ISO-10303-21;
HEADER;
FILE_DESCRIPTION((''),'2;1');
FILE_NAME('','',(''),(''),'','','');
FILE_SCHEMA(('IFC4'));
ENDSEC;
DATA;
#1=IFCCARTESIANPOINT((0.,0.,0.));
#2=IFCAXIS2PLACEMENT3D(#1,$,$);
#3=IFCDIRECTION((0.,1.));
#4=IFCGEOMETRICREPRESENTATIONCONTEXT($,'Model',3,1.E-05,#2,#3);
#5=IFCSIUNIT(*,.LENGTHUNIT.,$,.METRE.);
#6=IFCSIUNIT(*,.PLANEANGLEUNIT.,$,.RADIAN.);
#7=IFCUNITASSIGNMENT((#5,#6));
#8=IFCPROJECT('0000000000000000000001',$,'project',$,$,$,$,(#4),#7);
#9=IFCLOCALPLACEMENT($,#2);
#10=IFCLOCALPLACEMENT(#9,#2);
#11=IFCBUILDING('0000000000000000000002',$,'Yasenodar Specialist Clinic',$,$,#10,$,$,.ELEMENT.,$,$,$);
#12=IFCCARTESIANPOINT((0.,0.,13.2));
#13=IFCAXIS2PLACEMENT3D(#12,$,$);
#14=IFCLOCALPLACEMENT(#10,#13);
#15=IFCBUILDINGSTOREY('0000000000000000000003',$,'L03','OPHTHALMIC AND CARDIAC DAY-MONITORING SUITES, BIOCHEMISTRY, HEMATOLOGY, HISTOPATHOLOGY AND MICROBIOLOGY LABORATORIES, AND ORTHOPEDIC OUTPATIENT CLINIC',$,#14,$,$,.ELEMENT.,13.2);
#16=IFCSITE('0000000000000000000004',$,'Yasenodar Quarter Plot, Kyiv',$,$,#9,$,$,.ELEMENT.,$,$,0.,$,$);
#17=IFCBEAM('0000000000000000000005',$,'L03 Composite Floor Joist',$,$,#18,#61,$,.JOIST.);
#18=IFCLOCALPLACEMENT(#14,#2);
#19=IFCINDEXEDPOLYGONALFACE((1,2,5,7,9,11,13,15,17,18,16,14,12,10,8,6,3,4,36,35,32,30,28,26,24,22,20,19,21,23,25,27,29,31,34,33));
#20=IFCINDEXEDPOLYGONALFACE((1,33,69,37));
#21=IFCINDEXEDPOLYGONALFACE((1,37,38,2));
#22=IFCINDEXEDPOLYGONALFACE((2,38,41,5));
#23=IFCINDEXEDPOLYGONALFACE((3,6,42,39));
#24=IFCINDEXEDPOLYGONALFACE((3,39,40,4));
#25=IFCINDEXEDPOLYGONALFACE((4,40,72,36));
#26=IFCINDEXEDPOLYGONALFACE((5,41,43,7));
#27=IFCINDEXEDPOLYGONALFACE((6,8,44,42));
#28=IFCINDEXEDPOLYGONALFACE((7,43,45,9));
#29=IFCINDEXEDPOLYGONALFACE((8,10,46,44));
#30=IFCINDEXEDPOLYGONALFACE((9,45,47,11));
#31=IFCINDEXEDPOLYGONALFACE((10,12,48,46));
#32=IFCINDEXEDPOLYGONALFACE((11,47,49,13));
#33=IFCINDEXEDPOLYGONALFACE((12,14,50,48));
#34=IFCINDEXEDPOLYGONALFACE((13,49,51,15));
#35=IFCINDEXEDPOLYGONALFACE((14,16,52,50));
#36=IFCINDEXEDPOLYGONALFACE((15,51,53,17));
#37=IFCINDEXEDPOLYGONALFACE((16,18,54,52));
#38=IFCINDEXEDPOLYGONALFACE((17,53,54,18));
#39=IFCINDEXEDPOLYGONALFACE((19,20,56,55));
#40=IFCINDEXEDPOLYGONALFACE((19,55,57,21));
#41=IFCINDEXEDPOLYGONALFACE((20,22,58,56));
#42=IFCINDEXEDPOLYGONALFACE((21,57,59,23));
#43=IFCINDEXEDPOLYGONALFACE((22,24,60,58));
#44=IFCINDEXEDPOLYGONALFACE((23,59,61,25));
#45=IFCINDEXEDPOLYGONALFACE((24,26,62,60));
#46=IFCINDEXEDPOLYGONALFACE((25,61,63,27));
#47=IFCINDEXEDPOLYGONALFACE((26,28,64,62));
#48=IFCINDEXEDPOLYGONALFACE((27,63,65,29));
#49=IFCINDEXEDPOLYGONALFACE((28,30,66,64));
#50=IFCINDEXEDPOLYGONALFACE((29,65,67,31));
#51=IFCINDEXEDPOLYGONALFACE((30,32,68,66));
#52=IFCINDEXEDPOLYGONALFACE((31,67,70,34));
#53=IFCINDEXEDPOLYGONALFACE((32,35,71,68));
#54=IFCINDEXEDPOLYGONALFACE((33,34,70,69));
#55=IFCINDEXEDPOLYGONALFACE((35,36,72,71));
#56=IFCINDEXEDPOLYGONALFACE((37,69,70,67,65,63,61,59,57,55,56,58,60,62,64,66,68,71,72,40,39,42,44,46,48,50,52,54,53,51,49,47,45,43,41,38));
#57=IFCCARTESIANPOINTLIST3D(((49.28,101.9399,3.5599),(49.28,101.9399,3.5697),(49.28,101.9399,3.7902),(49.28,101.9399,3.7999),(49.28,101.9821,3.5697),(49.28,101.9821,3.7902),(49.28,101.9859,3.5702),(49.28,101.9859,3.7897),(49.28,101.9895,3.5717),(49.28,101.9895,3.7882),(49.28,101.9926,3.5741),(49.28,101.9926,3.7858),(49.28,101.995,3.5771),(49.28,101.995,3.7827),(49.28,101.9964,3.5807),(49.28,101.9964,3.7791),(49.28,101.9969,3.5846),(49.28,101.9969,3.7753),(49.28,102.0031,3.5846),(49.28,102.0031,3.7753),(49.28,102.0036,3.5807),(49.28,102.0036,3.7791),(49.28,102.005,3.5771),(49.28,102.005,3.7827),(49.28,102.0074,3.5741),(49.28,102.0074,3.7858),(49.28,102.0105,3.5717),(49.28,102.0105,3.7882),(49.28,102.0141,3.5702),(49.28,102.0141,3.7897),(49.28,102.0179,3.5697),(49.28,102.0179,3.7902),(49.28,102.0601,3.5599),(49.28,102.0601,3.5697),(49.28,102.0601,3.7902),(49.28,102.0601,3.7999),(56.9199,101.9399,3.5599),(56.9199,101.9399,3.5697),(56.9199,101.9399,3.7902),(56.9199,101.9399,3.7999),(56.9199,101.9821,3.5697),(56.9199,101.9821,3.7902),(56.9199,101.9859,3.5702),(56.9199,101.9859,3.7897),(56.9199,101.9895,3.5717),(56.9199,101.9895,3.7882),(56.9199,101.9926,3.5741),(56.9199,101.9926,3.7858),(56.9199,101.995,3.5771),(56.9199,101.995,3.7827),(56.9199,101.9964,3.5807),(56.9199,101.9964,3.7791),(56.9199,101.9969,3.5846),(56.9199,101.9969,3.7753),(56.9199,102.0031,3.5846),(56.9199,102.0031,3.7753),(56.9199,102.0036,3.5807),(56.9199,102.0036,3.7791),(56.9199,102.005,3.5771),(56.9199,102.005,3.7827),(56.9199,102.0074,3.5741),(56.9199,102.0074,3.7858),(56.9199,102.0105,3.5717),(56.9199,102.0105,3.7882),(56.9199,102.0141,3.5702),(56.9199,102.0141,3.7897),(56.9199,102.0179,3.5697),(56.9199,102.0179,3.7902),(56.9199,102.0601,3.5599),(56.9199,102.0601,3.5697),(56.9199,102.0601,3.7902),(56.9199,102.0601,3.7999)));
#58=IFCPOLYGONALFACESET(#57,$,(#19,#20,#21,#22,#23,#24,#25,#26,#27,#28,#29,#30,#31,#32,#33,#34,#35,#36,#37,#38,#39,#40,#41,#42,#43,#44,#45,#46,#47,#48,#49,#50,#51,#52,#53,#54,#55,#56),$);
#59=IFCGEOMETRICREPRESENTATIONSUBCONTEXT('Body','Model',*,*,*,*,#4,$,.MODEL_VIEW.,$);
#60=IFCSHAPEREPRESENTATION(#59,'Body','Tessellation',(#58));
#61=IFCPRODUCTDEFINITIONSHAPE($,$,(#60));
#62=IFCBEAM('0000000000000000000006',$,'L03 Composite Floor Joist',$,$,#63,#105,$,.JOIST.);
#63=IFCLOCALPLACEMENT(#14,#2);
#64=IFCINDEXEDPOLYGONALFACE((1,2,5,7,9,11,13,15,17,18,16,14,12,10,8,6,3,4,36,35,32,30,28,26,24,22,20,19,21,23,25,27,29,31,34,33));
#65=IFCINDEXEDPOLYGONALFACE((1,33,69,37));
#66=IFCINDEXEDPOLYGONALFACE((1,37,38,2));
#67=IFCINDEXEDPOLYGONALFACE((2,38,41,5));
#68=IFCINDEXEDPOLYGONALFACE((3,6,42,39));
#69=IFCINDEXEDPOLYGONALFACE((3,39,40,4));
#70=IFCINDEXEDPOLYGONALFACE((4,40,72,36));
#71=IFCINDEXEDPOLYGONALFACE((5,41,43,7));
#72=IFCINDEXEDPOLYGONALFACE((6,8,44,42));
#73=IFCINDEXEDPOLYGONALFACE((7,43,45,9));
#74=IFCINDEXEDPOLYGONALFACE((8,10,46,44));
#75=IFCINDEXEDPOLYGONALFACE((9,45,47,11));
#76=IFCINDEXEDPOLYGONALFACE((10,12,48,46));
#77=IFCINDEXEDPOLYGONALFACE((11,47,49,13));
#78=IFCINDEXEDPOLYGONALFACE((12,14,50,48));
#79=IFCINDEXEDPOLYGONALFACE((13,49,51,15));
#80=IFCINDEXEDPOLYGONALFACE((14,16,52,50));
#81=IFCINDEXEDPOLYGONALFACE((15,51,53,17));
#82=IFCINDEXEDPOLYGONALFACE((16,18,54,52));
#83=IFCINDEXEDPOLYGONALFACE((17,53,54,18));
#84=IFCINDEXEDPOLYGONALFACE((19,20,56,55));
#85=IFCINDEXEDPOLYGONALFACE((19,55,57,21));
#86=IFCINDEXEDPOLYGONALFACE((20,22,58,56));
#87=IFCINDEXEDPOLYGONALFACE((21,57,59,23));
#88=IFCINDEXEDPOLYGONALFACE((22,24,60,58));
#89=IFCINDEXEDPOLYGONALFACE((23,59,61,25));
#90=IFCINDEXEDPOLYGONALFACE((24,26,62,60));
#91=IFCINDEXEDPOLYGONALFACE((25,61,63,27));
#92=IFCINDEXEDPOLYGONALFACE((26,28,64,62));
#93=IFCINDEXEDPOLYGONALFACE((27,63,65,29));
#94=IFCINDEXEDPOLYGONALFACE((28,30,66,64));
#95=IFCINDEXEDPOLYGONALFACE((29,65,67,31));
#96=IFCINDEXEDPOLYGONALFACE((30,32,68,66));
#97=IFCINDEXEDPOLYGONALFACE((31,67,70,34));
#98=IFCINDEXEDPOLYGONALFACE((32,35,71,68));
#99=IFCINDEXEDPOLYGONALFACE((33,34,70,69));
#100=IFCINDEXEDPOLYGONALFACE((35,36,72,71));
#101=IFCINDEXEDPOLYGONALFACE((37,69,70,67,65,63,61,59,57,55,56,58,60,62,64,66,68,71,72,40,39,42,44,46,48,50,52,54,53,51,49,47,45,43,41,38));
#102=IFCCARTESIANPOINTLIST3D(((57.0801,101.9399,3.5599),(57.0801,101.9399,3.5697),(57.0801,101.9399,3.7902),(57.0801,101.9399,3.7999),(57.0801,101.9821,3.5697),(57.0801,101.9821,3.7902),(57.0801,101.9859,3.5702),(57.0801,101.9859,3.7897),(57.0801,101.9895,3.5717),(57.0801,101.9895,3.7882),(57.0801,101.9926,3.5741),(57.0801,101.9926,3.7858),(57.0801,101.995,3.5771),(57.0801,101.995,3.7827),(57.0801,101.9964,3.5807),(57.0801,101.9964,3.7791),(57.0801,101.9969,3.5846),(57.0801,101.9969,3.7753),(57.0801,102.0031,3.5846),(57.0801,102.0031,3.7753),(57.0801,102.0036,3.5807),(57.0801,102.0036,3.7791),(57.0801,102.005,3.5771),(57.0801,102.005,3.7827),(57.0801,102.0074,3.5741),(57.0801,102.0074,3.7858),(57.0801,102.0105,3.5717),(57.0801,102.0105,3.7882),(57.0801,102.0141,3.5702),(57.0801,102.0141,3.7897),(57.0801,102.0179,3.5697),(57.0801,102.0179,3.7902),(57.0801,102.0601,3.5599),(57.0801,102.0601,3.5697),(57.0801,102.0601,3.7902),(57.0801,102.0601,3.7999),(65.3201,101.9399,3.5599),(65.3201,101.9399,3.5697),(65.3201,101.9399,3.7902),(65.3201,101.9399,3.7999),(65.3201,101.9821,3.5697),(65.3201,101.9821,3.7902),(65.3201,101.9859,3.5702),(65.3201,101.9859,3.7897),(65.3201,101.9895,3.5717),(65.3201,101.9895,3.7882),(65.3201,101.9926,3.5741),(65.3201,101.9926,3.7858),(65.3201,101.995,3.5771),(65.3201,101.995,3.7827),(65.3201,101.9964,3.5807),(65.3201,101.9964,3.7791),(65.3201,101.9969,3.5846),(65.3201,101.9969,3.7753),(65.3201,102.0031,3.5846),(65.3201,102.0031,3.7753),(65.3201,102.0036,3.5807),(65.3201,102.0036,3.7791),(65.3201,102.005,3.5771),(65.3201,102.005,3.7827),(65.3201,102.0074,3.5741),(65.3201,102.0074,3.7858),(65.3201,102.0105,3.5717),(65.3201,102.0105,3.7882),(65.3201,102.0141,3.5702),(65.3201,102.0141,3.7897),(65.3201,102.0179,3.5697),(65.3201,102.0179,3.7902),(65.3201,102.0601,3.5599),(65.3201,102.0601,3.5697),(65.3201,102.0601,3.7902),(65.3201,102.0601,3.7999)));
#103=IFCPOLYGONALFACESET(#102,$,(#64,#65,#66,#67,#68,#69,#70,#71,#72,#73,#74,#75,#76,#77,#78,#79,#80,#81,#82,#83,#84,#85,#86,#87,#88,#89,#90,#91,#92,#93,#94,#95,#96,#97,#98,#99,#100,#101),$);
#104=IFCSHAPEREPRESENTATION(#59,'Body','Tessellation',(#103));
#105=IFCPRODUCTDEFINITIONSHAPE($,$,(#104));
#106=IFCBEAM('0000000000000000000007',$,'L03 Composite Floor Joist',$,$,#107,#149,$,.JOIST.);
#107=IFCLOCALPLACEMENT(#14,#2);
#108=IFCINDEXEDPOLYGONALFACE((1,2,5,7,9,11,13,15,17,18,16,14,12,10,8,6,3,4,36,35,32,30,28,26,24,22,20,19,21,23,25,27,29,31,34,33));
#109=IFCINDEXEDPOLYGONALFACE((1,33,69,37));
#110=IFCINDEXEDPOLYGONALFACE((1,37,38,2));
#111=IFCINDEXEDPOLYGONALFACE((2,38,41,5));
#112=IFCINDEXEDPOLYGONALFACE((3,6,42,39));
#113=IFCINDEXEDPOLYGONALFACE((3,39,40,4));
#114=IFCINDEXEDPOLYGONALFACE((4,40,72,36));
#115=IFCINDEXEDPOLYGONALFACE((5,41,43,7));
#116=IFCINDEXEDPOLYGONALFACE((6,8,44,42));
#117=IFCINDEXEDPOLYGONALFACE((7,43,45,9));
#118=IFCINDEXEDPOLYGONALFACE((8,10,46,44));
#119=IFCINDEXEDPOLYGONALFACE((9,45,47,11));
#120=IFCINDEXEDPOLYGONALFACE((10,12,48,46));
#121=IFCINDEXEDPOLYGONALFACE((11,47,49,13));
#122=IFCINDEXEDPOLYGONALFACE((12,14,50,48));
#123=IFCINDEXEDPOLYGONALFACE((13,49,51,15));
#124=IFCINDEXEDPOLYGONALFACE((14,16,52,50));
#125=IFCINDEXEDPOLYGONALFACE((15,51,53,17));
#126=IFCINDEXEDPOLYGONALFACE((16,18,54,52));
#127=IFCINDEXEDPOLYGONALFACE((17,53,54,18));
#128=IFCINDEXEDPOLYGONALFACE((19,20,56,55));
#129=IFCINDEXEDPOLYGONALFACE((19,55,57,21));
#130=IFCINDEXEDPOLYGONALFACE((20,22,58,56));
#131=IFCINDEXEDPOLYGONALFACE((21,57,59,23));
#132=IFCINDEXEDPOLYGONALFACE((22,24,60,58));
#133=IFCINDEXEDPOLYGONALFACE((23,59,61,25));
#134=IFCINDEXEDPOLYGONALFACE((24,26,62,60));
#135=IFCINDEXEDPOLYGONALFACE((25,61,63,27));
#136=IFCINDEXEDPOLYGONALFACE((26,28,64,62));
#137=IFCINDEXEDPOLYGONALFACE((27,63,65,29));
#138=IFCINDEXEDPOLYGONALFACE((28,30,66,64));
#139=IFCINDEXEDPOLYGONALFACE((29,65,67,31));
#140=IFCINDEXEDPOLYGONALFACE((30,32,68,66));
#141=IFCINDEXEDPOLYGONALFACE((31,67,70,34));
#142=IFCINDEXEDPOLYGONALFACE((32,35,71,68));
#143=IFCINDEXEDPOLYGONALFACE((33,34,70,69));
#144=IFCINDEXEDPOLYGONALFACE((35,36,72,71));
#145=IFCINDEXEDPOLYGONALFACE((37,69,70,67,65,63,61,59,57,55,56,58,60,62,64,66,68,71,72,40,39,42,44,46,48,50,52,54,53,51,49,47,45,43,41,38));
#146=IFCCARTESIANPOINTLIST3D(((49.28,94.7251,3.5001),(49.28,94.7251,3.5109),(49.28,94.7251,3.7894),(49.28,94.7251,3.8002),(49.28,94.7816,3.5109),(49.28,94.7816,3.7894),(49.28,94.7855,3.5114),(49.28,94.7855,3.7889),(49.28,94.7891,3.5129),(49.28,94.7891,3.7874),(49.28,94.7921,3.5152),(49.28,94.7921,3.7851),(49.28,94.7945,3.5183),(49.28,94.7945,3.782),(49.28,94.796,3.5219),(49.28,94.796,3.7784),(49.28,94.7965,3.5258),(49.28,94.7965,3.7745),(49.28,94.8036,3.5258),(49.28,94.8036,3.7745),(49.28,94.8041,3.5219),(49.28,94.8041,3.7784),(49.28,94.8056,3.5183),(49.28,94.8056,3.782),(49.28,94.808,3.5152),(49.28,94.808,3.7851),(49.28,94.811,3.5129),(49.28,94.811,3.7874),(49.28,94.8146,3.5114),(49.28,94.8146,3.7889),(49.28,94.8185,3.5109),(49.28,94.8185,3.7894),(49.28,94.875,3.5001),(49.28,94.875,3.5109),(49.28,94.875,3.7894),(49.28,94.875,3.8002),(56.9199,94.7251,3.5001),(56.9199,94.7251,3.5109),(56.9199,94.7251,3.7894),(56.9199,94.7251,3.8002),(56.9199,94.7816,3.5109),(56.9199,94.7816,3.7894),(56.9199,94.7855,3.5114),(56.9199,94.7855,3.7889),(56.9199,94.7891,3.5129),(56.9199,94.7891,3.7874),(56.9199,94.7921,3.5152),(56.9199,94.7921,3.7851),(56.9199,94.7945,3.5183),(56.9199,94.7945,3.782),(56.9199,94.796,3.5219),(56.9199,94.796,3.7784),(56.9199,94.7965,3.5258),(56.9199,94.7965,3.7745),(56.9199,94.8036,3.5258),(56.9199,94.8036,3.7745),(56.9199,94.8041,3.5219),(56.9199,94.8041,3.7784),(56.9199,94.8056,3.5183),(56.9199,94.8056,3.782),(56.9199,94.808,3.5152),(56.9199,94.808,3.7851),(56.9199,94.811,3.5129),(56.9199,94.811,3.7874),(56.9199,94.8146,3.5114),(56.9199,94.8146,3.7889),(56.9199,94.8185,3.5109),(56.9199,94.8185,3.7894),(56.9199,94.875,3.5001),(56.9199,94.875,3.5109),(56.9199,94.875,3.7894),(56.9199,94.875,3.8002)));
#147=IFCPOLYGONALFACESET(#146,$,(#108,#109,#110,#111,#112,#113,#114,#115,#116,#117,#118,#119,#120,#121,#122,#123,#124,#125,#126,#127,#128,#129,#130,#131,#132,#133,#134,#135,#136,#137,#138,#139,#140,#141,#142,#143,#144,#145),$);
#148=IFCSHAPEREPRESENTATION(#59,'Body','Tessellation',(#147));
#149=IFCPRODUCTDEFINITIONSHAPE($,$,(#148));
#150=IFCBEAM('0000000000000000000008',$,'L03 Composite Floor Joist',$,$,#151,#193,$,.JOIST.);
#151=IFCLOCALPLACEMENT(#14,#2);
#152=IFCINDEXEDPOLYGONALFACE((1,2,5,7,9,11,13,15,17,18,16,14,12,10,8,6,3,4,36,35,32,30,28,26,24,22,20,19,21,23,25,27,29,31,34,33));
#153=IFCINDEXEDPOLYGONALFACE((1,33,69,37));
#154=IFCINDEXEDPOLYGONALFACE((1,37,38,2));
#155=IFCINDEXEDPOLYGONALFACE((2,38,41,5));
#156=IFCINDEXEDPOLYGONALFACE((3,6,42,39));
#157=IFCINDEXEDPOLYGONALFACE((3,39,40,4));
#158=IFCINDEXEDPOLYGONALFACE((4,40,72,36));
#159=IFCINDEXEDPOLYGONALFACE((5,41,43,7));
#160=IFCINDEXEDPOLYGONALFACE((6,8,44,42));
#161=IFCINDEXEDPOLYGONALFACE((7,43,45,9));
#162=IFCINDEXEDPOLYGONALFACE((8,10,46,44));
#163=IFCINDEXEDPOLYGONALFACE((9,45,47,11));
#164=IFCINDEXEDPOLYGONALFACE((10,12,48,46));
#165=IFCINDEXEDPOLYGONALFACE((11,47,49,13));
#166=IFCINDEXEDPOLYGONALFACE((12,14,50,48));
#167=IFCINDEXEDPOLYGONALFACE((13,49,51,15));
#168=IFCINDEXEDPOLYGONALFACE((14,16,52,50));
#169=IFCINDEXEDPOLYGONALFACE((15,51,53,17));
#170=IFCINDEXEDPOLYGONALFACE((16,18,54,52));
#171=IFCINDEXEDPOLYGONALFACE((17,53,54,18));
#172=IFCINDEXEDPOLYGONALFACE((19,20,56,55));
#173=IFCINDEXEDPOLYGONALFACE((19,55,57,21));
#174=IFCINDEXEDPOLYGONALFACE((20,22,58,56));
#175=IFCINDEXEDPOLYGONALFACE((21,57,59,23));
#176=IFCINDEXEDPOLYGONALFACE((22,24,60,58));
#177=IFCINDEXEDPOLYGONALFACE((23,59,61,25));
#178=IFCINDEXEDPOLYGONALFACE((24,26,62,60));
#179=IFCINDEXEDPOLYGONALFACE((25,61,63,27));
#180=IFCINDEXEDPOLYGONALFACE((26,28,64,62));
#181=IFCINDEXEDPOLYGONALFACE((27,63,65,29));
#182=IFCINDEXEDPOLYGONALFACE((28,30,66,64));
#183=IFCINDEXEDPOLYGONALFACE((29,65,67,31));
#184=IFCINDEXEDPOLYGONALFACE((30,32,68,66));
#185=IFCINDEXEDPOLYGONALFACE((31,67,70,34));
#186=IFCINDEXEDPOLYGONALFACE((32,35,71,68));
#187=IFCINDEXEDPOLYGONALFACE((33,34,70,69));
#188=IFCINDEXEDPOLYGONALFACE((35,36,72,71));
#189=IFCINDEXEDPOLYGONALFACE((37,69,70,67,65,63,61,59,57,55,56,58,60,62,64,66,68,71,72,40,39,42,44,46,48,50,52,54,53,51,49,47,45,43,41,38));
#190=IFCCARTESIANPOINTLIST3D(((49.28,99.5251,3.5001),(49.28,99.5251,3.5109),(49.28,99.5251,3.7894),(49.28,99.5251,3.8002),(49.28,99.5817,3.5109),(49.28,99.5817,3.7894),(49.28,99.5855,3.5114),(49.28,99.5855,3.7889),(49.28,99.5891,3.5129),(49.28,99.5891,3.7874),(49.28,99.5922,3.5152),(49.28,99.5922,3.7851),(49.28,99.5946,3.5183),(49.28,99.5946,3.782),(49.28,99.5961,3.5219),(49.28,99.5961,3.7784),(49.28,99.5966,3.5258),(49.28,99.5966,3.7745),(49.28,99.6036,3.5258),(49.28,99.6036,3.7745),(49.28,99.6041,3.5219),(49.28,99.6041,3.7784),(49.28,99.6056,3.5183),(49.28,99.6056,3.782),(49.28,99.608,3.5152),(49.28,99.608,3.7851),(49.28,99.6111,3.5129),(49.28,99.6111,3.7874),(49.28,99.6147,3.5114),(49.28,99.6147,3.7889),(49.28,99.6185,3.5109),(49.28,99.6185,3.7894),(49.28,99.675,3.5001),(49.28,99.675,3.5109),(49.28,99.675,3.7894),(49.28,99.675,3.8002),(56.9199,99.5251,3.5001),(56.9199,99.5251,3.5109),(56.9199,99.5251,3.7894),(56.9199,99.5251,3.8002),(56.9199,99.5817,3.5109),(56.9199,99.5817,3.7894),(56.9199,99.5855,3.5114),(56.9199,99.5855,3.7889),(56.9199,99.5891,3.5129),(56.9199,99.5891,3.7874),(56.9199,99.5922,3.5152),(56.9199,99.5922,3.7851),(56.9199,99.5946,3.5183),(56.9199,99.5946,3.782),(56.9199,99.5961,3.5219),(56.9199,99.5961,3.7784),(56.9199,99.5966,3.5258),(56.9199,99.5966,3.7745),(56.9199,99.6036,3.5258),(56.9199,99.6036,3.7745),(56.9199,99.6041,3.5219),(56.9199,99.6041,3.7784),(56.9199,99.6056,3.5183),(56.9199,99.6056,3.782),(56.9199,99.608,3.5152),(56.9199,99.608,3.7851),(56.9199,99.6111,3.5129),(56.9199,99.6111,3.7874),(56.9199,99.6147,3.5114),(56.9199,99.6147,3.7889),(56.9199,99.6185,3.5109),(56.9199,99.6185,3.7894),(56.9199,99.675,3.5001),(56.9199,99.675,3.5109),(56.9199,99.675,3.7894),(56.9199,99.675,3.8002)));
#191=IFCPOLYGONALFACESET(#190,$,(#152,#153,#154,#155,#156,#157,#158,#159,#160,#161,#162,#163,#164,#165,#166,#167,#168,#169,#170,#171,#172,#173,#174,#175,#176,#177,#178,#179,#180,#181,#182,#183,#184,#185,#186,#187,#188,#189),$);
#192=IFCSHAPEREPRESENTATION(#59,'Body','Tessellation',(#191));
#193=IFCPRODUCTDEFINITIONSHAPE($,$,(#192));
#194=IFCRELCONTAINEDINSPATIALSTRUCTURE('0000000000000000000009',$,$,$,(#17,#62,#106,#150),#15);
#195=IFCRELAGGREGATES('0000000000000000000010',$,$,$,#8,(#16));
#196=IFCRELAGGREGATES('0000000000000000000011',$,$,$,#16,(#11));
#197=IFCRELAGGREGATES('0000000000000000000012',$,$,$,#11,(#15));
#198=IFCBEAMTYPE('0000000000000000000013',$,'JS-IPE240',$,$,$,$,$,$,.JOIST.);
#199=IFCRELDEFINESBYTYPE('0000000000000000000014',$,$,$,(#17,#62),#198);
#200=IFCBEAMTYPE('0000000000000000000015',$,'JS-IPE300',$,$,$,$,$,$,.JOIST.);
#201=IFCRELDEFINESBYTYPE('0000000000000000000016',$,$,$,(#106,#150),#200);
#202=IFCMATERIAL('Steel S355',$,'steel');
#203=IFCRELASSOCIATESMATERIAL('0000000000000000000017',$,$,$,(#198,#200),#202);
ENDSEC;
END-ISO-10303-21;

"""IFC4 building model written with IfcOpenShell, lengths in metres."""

from ifc_helpers import new_model, si_unit, direction, frame, origin, origin_2d, place, context, subcontext, project, spatial, i_section, extrude, material, material_profile, profile_set, type_object, element, save


model = new_model("IFC4")

# Units and contexts
model_context = context("Model", 3, precision=1e-05, world=origin(), true_north=direction((0.0, 1.0)))
body_context = subcontext(model_context, "Body", "Model", "MODEL_VIEW")
ifc_project = project(units=[si_unit("LENGTHUNIT", "METRE"), si_unit("PLANEANGLEUNIT", "RADIAN")], contexts=[model_context])

# Site, building, storey
site_placement = place(None, origin())
site = spatial("IfcSite", under=ifc_project, at=site_placement, Name="Yasenodar Quarter Plot, Kyiv", CompositionType="ELEMENT", RefElevation=0.0)
building_placement = place(site_placement, origin())
building = spatial("IfcBuilding", under=site, at=building_placement, Name="Yasenodar Specialist Clinic", CompositionType="ELEMENT")
storey_placement = place(building_placement, frame((0.0, 0.0, 13.2)))
storey = spatial("IfcBuildingStorey", under=building, at=storey_placement, Name="L03", Description="OPHTHALMIC AND CARDIAC DAY-MONITORING SUITES, BIOCHEMISTRY, HEMATOLOGY, HISTOPATHOLOGY AND MICROBIOLOGY LABORATORIES, AND ORTHOPEDIC OUTPATIENT CLINIC", CompositionType="ELEMENT", Elevation=13.2)

# Shared definitions
ifc_material_1 = material(Name="Steel S355", Category="steel")

# Beams
ifc_material_profile_1 = material_profile(ifc_material_1, i_section(OverallWidth=0.1201, OverallDepth=0.24, WebThickness=0.0061, FlangeThickness=0.0098, FilletRadius=0.0149, at=origin_2d()), Name="IPE 240")
ifc_profile_set_1 = profile_set([ifc_material_profile_1], Name="Steel S355")
beam_type_1 = type_object("IfcBeamType", Name="JS-IPE240", PredefinedType="JOIST", material=ifc_profile_set_1)
beam_1_placement = place(storey_placement, frame((49.28, 102.0, 3.6799), z_axis=(1.0, 0.0, 0.0), x_axis=(0.0, 1.0, 0.0)))
element("IfcBeam", 1, at=beam_1_placement, inside=storey, type_object=beam_type_1, Name="L03 Composite Floor Joist", PredefinedType="JOIST", context=body_context, shape_type="SweptSolid", body=[
    extrude(i_section(OverallWidth=0.1201, OverallDepth=0.24, WebThickness=0.0061, FlangeThickness=0.0098, FilletRadius=0.0149, at=origin_2d()), origin(), (0.0, 0.0, 1.0), 7.6399),
])
beam_2_placement = place(storey_placement, frame((57.0801, 102.0, 3.6799), z_axis=(1.0, 0.0, 0.0), x_axis=(0.0, 1.0, 0.0)))
element("IfcBeam", 2, at=beam_2_placement, inside=storey, type_object=beam_type_1, Name="L03 Composite Floor Joist", PredefinedType="JOIST", context=body_context, shape_type="SweptSolid", body=[
    extrude(i_section(OverallWidth=0.1201, OverallDepth=0.24, WebThickness=0.0061, FlangeThickness=0.0098, FilletRadius=0.0149, at=origin_2d()), origin(), (0.0, 0.0, 1.0), 8.24),
])
ifc_material_profile_2 = material_profile(ifc_material_1, i_section(OverallWidth=0.1499, OverallDepth=0.3, WebThickness=0.0071, FlangeThickness=0.0107, FilletRadius=0.0149, at=origin_2d()), Name="IPE 300")
ifc_profile_set_2 = profile_set([ifc_material_profile_2], Name="Steel S355")
beam_type_2 = type_object("IfcBeamType", Name="JS-IPE300", PredefinedType="JOIST", material=ifc_profile_set_2)
for number, where, z_axis, x_axis, name in (
    (3, (49.28, 94.8, 3.6501), (1.0, 0.0, 0.0), (0.0, 1.0, 0.0), "L03 Composite Floor Joist"),
    (4, (49.28, 99.6001, 3.6501), (1.0, 0.0, 0.0), (0.0, 1.0, 0.0), "L03 Composite Floor Joist"),
):
    element("IfcBeam", number, at=place(storey_placement, frame(where, z_axis=z_axis, x_axis=x_axis)), inside=storey, type_object=beam_type_2, Name=name, PredefinedType="JOIST", context=body_context, shape_type="SweptSolid", body=[
        extrude(i_section(OverallWidth=0.1499, OverallDepth=0.3, WebThickness=0.0071, FlangeThickness=0.0107, FilletRadius=0.0149, at=origin_2d()), origin(), (0.0, 0.0, 1.0), 7.6399),
    ])

save(model, "model.ifc")
